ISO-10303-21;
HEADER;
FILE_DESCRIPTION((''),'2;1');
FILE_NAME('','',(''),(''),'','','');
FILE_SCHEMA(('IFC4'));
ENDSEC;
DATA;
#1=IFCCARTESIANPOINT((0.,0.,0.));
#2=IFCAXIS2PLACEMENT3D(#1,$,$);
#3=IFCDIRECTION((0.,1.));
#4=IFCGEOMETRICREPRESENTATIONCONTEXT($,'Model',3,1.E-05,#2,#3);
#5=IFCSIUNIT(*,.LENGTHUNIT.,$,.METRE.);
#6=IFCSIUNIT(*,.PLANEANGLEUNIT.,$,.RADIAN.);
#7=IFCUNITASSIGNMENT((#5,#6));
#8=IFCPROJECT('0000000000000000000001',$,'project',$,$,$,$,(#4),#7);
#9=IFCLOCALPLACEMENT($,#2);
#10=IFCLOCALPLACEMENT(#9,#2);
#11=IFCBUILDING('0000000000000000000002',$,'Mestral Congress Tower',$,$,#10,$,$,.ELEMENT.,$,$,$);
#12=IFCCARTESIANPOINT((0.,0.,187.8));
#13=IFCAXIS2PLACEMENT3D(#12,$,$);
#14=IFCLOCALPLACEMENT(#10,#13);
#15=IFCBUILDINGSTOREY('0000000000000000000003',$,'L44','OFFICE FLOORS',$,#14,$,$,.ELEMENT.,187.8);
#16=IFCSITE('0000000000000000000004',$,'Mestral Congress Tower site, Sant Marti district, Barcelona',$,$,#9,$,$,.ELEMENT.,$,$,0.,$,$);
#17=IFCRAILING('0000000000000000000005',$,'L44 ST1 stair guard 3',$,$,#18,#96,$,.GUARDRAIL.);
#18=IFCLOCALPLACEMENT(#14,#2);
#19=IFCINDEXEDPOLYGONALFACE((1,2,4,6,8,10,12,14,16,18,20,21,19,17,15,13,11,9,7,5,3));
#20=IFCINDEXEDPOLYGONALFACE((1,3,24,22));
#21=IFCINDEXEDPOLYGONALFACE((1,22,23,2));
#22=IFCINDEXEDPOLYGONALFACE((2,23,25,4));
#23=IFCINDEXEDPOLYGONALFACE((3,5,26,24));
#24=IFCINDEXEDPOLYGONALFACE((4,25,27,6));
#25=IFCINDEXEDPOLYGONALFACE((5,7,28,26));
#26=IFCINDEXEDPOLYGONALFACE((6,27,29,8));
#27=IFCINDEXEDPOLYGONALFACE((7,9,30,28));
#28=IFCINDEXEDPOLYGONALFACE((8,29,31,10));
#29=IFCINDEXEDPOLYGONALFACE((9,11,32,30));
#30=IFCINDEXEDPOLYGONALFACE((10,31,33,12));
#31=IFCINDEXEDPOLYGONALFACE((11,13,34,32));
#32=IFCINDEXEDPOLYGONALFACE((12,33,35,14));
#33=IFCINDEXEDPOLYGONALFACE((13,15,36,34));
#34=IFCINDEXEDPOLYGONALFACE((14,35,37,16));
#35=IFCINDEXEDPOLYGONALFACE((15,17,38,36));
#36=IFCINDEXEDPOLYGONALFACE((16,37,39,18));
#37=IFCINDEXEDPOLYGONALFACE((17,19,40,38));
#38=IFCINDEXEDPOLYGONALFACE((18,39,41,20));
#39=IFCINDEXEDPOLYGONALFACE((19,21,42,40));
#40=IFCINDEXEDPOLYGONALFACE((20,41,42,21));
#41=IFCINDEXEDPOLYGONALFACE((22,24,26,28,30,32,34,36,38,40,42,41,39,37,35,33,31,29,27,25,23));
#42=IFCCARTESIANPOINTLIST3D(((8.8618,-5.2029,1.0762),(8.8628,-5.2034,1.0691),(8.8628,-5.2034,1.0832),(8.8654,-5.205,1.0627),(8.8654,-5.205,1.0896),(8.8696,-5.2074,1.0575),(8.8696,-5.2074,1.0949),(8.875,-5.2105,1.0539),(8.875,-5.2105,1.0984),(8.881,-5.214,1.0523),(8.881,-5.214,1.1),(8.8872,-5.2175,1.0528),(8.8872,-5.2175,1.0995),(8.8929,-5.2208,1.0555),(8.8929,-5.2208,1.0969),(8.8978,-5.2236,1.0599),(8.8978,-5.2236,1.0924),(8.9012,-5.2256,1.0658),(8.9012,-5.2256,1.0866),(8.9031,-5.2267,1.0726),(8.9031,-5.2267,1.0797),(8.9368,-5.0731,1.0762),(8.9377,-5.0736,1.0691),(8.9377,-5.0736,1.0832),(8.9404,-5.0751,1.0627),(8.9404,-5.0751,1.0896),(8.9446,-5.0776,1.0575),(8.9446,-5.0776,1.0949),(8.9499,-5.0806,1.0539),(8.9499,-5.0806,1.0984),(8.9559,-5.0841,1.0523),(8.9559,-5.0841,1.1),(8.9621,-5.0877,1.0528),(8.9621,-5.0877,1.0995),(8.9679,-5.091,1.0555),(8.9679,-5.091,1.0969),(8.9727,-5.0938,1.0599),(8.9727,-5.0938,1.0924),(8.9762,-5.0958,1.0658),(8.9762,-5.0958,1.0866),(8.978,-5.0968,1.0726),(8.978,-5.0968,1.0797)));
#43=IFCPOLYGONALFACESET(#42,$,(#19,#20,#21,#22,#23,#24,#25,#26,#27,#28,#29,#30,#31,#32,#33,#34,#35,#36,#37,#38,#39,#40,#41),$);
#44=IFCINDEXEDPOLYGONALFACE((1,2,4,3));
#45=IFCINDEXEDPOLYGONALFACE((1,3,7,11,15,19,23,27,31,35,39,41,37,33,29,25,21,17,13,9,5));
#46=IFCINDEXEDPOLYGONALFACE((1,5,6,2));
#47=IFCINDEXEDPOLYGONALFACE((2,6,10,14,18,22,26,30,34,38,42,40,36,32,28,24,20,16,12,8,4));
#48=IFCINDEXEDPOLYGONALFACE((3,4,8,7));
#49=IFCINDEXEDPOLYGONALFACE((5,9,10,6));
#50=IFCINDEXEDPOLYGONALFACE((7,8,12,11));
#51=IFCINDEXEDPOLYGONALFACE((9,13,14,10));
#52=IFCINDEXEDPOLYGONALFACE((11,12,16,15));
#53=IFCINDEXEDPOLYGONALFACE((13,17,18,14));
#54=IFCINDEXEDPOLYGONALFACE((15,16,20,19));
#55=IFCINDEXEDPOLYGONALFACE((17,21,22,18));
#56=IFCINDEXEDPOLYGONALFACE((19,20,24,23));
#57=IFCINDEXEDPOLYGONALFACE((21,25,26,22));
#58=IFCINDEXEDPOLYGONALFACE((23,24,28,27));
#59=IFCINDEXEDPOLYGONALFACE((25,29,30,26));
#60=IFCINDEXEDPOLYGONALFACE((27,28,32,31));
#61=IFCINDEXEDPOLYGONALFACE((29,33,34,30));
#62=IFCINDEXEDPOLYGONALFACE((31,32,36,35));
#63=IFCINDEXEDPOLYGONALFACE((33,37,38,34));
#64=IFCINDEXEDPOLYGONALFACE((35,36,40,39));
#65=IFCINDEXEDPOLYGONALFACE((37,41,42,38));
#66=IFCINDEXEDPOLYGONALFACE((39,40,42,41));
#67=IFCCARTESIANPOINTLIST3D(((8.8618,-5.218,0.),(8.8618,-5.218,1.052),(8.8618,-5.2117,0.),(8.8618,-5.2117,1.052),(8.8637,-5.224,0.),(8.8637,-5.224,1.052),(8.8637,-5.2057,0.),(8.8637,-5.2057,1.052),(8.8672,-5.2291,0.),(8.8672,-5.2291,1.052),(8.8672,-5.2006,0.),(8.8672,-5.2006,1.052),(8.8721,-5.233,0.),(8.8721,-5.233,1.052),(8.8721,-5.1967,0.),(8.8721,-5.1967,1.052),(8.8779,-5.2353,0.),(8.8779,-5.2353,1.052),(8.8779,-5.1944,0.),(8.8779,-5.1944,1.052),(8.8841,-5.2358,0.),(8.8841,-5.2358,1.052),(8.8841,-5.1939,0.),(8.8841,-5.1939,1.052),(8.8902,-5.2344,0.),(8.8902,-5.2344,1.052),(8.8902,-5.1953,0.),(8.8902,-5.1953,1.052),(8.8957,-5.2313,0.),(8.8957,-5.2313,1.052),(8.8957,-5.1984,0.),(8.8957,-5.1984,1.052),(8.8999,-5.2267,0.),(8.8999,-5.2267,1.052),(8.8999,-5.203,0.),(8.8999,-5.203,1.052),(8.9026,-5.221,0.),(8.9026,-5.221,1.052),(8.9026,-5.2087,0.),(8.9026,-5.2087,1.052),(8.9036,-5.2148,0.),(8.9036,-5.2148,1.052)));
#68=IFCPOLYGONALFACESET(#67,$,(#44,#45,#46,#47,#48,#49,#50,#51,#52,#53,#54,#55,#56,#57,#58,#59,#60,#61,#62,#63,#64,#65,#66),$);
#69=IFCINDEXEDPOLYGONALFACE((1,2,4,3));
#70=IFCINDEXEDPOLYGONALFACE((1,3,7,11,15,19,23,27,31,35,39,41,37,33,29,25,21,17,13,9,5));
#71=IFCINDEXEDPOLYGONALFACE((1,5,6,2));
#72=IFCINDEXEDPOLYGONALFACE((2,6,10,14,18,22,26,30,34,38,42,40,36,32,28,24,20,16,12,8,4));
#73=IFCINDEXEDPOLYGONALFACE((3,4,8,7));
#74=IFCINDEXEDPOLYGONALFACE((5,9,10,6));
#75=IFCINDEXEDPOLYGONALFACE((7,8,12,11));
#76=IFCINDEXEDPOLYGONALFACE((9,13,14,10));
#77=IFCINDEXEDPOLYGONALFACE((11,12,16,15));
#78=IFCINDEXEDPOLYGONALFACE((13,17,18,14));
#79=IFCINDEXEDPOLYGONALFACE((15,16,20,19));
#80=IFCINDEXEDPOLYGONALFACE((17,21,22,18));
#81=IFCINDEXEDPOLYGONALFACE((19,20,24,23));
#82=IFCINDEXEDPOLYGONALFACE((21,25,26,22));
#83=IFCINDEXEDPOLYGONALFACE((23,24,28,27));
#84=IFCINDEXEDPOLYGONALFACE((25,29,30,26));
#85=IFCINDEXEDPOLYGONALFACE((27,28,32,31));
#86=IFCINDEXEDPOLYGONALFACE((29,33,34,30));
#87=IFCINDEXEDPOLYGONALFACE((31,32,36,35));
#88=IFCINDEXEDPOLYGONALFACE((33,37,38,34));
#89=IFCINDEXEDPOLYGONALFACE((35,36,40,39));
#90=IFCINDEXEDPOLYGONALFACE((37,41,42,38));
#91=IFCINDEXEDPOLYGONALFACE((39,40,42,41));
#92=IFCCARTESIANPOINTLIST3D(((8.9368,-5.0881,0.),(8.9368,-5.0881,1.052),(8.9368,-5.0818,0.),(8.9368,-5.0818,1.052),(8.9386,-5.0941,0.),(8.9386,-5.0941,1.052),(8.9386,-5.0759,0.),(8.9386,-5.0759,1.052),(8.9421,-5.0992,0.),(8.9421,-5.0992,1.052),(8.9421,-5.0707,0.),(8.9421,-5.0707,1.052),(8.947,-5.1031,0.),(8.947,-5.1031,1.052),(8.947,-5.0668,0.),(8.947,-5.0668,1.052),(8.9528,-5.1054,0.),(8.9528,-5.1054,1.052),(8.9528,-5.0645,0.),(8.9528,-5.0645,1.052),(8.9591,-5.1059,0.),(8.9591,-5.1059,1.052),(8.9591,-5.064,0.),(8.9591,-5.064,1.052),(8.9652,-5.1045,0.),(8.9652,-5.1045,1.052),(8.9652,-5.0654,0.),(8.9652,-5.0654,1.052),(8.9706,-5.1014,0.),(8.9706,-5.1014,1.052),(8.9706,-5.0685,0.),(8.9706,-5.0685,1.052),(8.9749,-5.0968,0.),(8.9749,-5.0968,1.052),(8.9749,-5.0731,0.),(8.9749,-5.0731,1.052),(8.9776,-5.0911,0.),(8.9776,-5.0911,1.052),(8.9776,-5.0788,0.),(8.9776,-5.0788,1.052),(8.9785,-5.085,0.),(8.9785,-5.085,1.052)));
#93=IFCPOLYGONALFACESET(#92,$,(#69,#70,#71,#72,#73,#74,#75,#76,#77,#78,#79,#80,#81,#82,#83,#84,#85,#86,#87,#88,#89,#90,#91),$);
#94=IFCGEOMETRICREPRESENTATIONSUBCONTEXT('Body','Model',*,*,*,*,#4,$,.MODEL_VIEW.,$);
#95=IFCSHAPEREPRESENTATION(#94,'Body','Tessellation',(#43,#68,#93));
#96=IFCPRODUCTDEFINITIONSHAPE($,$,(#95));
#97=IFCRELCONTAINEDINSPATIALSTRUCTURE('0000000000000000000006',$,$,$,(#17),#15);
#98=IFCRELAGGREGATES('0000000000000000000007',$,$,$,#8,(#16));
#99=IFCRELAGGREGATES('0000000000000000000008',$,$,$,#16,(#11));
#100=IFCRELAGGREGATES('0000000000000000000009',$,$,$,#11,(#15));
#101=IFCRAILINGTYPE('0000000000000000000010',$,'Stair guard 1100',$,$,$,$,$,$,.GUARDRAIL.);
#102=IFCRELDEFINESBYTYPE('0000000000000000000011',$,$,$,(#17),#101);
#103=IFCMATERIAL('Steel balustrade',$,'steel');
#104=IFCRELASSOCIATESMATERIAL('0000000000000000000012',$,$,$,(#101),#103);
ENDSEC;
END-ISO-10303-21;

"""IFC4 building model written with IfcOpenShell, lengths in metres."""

from ifc_helpers import new_model, si_unit, direction, frame, origin, origin_2d, place, context, subcontext, project, spatial, circle, extrude, material, type_object, element, save


model = new_model("IFC4")

# Units and contexts
model_context = context("Model", 3, precision=1e-05, world=origin(), true_north=direction((0.0, 1.0)))
body_context = subcontext(model_context, "Body", "Model", "MODEL_VIEW")
ifc_project = project(units=[si_unit("LENGTHUNIT", "METRE"), si_unit("PLANEANGLEUNIT", "RADIAN")], contexts=[model_context])

# Site, building, storey
site_placement = place(None, origin())
site = spatial("IfcSite", under=ifc_project, at=site_placement, Name="Mestral Congress Tower site, Sant Marti district, Barcelona", CompositionType="ELEMENT", RefElevation=0.0)
building_placement = place(site_placement, origin())
building = spatial("IfcBuilding", under=site, at=building_placement, Name="Mestral Congress Tower", CompositionType="ELEMENT")
storey_placement = place(building_placement, frame((0.0, 0.0, 187.8)))
storey = spatial("IfcBuildingStorey", under=building, at=storey_placement, Name="L44", Description="OFFICE FLOORS", CompositionType="ELEMENT", Elevation=187.8)

# Railing
ifc_material_1 = material(Name="Steel balustrade", Category="steel")
railing_type_1 = type_object("IfcRailingType", Name="Stair guard 1100", PredefinedType="GUARDRAIL", material=ifc_material_1)
railing_1_placement = place(storey_placement, frame((8.8826, -5.2148, 0.0)))
element("IfcRailing", 1, at=railing_1_placement, inside=storey, type_object=railing_type_1, Name="L44 ST1 stair guard 3", PredefinedType="GUARDRAIL", context=body_context, shape_type="SweptSolid", body=[
    extrude(circle(Radius=0.0239, at=origin_2d()), frame((0.0, 0.0, 1.0762), z_axis=(0.499816, 0.866131, 0.0), x_axis=(-0.866131, 0.499816, 0.0)), (0.0, 0.0, 1.0), 0.1499),
    extrude(circle(Radius=0.021, at=origin_2d()), origin(), (0.0, 0.0, 1.0), 1.052),
    extrude(circle(Radius=0.021, at=origin_2d()), frame((0.075, 0.1299, 0.0)), (0.0, 0.0, 1.0), 1.052),
])

save(model, "model.ifc")
